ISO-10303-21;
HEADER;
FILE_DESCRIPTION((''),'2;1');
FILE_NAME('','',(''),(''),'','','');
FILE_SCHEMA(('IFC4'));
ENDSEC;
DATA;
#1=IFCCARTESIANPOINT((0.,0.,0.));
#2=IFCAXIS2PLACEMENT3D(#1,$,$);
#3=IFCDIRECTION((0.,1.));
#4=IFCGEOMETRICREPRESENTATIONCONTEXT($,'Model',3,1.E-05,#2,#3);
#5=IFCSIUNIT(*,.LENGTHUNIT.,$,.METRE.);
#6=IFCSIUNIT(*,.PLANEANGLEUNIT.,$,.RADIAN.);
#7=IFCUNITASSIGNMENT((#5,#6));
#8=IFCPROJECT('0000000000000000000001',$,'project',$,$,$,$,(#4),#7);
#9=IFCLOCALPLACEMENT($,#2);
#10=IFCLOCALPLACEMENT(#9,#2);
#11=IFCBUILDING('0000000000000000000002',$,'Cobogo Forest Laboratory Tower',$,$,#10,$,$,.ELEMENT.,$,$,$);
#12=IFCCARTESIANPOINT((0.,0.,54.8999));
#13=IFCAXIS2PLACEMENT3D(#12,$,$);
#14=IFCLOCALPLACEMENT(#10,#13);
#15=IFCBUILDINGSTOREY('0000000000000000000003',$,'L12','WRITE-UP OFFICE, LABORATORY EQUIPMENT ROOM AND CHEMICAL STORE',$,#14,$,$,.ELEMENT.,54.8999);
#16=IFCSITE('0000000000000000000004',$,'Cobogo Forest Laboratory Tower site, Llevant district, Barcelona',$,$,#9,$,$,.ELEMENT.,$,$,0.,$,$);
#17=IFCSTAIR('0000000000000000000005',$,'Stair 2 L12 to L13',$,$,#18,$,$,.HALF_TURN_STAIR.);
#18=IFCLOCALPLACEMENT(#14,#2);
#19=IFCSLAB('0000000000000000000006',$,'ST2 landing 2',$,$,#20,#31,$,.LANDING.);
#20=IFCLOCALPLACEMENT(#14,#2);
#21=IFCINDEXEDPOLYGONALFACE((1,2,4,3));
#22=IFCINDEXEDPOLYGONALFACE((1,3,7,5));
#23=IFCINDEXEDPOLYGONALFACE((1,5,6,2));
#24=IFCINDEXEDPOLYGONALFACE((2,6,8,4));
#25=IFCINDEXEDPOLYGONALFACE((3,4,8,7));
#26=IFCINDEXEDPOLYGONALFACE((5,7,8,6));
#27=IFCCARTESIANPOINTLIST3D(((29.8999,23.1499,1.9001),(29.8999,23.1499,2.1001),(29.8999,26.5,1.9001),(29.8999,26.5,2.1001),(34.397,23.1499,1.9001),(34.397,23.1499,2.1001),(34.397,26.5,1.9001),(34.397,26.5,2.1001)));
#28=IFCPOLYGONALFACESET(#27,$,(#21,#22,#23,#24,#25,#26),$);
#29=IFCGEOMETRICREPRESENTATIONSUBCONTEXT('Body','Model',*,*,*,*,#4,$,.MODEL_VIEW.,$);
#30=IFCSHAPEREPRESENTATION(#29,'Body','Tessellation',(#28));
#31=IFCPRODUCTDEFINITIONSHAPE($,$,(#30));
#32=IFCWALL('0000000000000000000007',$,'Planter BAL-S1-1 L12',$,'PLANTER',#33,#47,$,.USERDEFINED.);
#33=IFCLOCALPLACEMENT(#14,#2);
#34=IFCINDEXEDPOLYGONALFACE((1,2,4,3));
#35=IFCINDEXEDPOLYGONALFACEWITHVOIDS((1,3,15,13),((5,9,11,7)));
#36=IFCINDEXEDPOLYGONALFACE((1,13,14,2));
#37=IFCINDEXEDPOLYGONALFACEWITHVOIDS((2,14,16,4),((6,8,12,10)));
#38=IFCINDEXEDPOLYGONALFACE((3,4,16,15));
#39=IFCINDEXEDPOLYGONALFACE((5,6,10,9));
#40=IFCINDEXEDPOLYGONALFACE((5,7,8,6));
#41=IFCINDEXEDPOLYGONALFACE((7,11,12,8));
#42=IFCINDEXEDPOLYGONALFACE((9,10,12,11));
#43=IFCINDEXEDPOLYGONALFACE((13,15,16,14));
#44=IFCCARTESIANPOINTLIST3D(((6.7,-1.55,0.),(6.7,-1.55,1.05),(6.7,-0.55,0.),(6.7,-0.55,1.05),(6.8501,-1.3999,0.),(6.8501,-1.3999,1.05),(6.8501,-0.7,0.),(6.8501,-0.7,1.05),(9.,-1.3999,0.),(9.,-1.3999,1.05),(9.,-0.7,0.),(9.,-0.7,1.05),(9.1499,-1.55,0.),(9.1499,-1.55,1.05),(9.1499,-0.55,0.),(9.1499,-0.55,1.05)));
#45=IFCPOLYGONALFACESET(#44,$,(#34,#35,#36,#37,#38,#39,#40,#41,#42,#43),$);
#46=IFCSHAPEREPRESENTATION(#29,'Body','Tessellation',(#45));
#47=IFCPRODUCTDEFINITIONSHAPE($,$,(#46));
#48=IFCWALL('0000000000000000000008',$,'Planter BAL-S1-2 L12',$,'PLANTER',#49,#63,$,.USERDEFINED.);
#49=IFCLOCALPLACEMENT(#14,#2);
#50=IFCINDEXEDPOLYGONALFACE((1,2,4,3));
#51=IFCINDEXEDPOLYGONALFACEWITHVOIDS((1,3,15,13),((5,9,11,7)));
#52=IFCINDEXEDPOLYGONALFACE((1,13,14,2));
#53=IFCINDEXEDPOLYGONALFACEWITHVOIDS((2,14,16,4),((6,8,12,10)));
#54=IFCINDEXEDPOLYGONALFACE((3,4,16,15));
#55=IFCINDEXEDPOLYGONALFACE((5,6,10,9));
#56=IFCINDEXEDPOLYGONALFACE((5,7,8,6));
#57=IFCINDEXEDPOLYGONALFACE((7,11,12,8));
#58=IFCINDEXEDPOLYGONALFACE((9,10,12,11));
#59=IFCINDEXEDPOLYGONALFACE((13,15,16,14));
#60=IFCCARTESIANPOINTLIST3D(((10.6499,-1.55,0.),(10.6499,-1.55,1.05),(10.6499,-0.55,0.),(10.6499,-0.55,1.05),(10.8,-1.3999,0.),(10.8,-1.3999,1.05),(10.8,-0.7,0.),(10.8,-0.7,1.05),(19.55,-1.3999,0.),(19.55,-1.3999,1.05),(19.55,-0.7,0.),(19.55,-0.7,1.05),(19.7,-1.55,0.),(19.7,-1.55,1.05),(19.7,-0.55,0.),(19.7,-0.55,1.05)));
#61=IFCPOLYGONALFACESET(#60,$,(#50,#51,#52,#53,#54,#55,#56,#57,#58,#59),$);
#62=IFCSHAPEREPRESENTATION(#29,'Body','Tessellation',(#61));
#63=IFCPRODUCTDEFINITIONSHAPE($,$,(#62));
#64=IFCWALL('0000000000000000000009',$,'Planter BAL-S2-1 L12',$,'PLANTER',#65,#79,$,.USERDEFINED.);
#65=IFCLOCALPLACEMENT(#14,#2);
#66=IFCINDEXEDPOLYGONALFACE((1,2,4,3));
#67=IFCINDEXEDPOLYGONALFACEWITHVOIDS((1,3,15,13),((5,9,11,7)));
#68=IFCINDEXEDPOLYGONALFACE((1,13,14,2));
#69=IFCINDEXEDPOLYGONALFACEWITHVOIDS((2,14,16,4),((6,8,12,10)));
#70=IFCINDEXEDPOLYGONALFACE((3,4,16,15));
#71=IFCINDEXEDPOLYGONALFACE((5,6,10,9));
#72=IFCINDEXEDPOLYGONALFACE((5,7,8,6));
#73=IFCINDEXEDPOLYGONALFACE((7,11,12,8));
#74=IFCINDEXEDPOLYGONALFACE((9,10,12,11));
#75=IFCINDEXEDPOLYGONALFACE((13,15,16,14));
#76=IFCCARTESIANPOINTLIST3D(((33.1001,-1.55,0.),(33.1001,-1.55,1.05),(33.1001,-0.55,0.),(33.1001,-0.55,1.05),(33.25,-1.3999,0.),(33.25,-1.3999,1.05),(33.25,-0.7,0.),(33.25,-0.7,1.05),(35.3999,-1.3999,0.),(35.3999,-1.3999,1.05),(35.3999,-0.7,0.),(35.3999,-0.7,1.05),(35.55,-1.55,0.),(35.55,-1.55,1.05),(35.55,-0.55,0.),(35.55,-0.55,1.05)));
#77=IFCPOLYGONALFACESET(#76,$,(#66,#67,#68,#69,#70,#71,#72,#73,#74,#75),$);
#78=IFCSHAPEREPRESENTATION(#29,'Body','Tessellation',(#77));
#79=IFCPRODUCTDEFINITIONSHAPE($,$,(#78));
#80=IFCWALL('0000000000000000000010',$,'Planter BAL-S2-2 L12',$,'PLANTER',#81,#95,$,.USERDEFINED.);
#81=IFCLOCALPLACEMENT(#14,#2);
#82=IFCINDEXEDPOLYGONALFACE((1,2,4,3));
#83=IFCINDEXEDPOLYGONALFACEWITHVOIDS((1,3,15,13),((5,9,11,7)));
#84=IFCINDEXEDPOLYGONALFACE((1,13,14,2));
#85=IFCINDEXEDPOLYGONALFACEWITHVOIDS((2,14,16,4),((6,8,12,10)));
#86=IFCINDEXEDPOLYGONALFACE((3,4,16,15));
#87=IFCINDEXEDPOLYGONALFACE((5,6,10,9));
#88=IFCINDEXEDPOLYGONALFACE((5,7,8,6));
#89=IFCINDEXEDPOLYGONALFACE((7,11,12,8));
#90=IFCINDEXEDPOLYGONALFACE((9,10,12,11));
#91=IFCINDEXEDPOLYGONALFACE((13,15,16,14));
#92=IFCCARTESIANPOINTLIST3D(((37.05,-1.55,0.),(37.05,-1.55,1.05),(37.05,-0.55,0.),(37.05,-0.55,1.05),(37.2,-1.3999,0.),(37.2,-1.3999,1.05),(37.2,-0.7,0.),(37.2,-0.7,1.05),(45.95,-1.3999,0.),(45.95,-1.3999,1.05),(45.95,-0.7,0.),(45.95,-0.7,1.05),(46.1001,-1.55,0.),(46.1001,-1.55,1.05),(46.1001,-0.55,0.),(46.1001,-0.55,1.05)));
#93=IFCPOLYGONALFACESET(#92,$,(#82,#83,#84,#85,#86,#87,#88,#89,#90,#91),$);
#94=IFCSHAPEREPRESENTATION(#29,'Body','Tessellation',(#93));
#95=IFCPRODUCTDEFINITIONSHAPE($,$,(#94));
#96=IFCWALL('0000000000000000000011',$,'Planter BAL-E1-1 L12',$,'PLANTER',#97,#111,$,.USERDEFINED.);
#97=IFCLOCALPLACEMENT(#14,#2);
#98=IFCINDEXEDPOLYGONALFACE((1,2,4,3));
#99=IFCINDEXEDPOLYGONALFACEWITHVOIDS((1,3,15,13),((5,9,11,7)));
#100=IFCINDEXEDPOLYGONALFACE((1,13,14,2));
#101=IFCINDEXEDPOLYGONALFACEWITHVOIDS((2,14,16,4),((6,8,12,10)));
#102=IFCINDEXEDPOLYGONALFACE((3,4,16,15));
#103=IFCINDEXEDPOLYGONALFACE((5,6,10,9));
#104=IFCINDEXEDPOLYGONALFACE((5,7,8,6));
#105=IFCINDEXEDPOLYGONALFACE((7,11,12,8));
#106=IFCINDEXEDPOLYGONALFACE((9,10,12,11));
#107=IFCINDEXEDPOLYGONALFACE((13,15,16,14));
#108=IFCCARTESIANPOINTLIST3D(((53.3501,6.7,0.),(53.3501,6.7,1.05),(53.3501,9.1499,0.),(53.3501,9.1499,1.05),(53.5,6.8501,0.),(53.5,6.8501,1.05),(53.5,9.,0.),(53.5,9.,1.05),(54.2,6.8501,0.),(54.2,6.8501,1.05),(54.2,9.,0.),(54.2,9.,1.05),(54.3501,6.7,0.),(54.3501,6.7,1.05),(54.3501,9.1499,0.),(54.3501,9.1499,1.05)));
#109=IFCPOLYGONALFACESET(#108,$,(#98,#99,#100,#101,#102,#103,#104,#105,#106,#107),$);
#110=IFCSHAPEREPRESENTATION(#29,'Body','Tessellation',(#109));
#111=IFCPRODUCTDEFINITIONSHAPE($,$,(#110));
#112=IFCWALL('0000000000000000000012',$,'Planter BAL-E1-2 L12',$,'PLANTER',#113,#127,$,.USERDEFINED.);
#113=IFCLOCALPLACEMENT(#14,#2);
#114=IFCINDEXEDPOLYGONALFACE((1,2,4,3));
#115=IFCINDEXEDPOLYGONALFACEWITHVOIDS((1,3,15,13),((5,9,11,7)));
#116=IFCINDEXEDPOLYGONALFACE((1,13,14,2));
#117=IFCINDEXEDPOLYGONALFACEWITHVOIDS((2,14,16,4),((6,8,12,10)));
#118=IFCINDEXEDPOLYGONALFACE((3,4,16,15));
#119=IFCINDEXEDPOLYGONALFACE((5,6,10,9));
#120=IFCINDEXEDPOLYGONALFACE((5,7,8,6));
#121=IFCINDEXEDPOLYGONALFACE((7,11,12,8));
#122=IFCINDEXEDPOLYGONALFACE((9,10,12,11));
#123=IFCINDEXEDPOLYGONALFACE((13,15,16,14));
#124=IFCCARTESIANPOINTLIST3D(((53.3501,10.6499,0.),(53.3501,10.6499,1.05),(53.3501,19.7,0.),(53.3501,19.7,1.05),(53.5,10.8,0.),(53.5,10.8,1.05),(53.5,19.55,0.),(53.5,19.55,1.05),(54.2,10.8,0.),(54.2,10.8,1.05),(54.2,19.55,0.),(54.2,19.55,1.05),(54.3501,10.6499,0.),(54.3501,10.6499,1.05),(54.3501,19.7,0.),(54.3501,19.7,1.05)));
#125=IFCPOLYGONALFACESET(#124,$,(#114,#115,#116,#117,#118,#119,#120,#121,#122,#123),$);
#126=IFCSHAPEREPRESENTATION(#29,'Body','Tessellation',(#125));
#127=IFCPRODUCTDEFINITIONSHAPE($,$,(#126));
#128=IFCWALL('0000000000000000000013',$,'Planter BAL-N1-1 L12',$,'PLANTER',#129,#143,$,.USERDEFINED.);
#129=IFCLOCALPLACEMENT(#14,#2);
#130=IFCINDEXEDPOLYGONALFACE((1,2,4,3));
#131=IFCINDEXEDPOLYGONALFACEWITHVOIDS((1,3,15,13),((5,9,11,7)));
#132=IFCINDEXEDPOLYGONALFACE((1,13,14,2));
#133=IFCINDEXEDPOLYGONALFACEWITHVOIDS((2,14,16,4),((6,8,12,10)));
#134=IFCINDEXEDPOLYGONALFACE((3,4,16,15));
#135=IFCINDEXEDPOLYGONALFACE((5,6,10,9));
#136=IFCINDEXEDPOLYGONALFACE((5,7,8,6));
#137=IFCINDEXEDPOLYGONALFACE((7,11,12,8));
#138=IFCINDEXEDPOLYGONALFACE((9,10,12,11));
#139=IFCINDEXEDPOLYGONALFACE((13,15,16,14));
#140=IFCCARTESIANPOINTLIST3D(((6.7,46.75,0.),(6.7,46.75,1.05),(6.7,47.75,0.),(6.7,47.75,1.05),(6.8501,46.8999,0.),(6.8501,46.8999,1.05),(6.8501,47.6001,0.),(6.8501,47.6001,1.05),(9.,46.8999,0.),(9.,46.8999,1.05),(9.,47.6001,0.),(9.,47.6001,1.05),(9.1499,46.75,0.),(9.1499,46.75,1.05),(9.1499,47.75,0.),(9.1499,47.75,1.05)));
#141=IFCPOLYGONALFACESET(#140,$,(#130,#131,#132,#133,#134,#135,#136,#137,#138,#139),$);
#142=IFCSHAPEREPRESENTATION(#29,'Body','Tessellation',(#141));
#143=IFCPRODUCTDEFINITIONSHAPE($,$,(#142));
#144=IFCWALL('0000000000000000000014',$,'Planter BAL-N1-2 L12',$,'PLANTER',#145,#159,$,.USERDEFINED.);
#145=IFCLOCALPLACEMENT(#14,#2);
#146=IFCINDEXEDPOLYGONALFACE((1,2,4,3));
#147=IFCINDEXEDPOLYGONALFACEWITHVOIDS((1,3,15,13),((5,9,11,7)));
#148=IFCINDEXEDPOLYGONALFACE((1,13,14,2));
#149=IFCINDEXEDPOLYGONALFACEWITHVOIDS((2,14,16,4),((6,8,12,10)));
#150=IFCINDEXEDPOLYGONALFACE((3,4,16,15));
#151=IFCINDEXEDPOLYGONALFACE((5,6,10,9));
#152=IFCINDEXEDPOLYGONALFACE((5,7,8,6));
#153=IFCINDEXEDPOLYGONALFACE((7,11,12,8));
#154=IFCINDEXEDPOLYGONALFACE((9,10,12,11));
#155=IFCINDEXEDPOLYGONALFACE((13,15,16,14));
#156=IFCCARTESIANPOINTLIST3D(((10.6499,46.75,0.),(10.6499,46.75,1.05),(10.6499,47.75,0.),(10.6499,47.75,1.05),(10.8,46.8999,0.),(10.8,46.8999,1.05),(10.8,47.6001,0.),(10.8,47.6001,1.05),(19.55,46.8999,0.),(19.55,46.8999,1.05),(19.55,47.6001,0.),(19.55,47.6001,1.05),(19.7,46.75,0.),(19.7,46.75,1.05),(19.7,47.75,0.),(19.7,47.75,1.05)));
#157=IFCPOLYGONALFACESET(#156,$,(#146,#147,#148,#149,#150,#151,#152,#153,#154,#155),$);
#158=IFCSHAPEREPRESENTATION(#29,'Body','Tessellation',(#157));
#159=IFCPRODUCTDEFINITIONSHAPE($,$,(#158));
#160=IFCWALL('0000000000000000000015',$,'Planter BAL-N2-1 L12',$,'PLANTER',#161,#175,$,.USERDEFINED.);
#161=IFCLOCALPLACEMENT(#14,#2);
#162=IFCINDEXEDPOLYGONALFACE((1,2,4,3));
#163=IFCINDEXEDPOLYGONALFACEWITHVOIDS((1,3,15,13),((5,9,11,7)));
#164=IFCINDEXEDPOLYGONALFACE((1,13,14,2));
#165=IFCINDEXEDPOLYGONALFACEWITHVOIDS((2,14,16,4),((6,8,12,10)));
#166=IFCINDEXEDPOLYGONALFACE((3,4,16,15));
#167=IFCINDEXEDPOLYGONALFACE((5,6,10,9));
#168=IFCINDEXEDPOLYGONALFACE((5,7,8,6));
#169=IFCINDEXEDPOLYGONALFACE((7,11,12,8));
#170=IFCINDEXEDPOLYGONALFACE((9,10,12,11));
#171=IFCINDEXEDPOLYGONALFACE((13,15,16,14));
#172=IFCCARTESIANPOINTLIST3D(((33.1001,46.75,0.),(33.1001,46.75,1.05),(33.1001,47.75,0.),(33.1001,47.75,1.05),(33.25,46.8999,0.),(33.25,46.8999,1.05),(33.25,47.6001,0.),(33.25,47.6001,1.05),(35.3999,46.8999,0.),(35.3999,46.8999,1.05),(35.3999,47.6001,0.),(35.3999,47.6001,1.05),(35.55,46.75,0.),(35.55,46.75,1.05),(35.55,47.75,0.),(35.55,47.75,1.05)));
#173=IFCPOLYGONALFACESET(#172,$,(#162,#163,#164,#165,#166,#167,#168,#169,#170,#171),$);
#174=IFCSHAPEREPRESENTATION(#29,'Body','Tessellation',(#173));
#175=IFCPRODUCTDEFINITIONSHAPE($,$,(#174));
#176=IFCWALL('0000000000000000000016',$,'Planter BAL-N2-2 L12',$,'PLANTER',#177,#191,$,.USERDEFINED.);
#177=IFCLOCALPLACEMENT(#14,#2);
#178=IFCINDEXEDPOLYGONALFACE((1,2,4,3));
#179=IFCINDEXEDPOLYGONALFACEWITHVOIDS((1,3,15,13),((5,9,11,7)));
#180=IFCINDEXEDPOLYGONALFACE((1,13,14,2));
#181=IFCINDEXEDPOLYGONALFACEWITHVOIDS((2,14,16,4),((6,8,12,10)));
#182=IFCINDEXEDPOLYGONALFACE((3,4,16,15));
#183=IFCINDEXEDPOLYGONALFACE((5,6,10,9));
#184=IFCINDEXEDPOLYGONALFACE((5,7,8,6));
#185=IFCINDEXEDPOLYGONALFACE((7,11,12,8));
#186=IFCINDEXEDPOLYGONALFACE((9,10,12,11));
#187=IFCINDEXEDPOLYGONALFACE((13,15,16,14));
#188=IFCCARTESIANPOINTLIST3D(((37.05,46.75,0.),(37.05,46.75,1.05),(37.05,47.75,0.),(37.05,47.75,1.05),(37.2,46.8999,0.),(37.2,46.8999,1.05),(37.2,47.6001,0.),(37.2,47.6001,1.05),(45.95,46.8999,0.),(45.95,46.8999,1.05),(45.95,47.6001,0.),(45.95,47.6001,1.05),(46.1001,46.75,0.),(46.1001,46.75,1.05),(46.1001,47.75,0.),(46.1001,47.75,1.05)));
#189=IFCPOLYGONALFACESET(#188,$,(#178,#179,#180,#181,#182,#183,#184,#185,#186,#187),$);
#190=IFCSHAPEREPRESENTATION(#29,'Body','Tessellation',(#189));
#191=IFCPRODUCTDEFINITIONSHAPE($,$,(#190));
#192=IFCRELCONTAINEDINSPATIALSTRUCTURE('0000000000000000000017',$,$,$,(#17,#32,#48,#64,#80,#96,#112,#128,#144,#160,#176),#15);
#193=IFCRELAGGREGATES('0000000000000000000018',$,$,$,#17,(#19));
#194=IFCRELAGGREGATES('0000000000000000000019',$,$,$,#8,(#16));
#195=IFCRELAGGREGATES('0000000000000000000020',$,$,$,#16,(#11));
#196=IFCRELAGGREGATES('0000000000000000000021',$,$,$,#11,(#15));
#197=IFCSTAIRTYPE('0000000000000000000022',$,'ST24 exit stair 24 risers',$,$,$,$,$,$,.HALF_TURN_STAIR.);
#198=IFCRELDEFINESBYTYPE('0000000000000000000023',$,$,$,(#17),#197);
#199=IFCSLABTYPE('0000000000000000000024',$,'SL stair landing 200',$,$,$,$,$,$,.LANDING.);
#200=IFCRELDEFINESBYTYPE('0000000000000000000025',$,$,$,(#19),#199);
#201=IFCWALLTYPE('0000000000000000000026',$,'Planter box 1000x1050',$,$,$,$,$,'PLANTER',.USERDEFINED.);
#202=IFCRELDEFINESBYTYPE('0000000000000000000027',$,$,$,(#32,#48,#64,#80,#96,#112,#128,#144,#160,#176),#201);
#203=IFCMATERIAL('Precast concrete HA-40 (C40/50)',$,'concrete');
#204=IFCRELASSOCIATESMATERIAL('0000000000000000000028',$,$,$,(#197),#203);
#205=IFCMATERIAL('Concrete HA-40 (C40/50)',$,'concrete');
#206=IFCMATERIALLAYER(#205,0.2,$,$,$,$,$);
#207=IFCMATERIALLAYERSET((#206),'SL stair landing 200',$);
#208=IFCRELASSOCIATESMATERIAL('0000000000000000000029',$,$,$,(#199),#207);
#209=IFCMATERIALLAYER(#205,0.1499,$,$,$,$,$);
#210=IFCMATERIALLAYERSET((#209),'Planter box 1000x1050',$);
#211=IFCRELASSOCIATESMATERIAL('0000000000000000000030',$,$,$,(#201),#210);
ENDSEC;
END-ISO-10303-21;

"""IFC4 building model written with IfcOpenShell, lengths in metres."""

from ifc_helpers import new_model, si_unit, direction, frame, origin, place, context, subcontext, project, spatial, polyline, outline, extrude, material, layer, layer_set, type_object, element, aggregate, save


model = new_model("IFC4")

# Units and contexts
model_context = context("Model", 3, precision=1e-05, world=origin(), true_north=direction((0.0, 1.0)))
body_context = subcontext(model_context, "Body", "Model", "MODEL_VIEW")
ifc_project = project(units=[si_unit("LENGTHUNIT", "METRE"), si_unit("PLANEANGLEUNIT", "RADIAN")], contexts=[model_context])

# Site, building, storey
site_placement = place(None, origin())
site = spatial("IfcSite", under=ifc_project, at=site_placement, Name="Cobogo Forest Laboratory Tower site, Llevant district, Barcelona", CompositionType="ELEMENT", RefElevation=0.0)
building_placement = place(site_placement, origin())
building = spatial("IfcBuilding", under=site, at=building_placement, Name="Cobogo Forest Laboratory Tower", CompositionType="ELEMENT")
storey_placement = place(building_placement, frame((0.0, 0.0, 54.8999)))
storey = spatial("IfcBuildingStorey", under=building, at=storey_placement, Name="L12", Description="WRITE-UP OFFICE, LABORATORY EQUIPMENT ROOM AND CHEMICAL STORE", CompositionType="ELEMENT", Elevation=54.8999)

# Shared definitions
ifc_material_1 = material(Name="Concrete HA-40 (C40/50)", Category="concrete")

# Stair, slab
ifc_material_2 = material(Name="Precast concrete HA-40 (C40/50)", Category="concrete")
stair_type = type_object("IfcStairType", Name="ST24 exit stair 24 risers", PredefinedType="HALF_TURN_STAIR", material=ifc_material_2)
ifc_layer_1 = layer(ifc_material_1, 0.2)
ifc_layer_set_1 = layer_set([ifc_layer_1], Name="SL stair landing 200")
slab_type_1 = type_object("IfcSlabType", Name="SL stair landing 200", PredefinedType="LANDING", material=ifc_layer_set_1)
stair_1_placement = place(storey_placement, origin())
stair_1 = element("IfcStair", 1, at=stair_1_placement, inside=storey, type_object=stair_type, Name="Stair 2 L12 to L13", PredefinedType="HALF_TURN_STAIR")
slab_1_placement = place(storey_placement, frame((0.0, 0.0, 1.9001)))
slab_1 = element("IfcSlab", 2, at=slab_1_placement, type_object=slab_type_1, Name="ST2 landing 2", PredefinedType="LANDING", context=body_context, shape_type="SweptSolid", body=[
    extrude(outline(polyline([(29.8999, 23.1499), (34.397, 23.1499), (34.397, 26.5), (29.8999, 26.5), (29.8999, 23.1499)])), origin(), (0.0, 0.0, 1.0), 0.2),
])
aggregate(stair_1, [slab_1])

# Walls
ifc_layer_2 = layer(ifc_material_1, 0.1499)
ifc_layer_set_2 = layer_set([ifc_layer_2], Name="Planter box 1000x1050")
wall_type = type_object("IfcWallType", Name="Planter box 1000x1050", ElementType="PLANTER", PredefinedType="USERDEFINED", material=ifc_layer_set_2)
wall_1_placement = place(storey_placement, origin())
element("IfcWall", 3, at=wall_1_placement, inside=storey, type_object=wall_type, Name="Planter BAL-S1-1 L12", ObjectType="PLANTER", PredefinedType="USERDEFINED", context=body_context, shape_type="SweptSolid", body=[
    extrude(outline(polyline([(6.7, -1.55), (9.1499, -1.55), (9.1499, -0.55), (6.7, -0.55), (6.7, -1.55)]), holes=[polyline([(6.8501, -1.3999), (9.0, -1.3999), (9.0, -0.7), (6.8501, -0.7), (6.8501, -1.3999)])]), origin(), (0.0, 0.0, 1.0), 1.05),
])
wall_2_placement = place(storey_placement, origin())
element("IfcWall", 4, at=wall_2_placement, inside=storey, type_object=wall_type, Name="Planter BAL-S1-2 L12", ObjectType="PLANTER", PredefinedType="USERDEFINED", context=body_context, shape_type="SweptSolid", body=[
    extrude(outline(polyline([(10.6499, -1.55), (19.7, -1.55), (19.7, -0.55), (10.6499, -0.55), (10.6499, -1.55)]), holes=[polyline([(10.8, -1.3999), (19.55, -1.3999), (19.55, -0.7), (10.8, -0.7), (10.8, -1.3999)])]), origin(), (0.0, 0.0, 1.0), 1.05),
])
wall_3_placement = place(storey_placement, origin())
element("IfcWall", 5, at=wall_3_placement, inside=storey, type_object=wall_type, Name="Planter BAL-S2-1 L12", ObjectType="PLANTER", PredefinedType="USERDEFINED", context=body_context, shape_type="SweptSolid", body=[
    extrude(outline(polyline([(33.1001, -1.55), (35.55, -1.55), (35.55, -0.55), (33.1001, -0.55), (33.1001, -1.55)]), holes=[polyline([(33.25, -1.3999), (35.3999, -1.3999), (35.3999, -0.7), (33.25, -0.7), (33.25, -1.3999)])]), origin(), (0.0, 0.0, 1.0), 1.05),
])
wall_4_placement = place(storey_placement, origin())
element("IfcWall", 6, at=wall_4_placement, inside=storey, type_object=wall_type, Name="Planter BAL-S2-2 L12", ObjectType="PLANTER", PredefinedType="USERDEFINED", context=body_context, shape_type="SweptSolid", body=[
    extrude(outline(polyline([(37.05, -1.55), (46.1001, -1.55), (46.1001, -0.55), (37.05, -0.55), (37.05, -1.55)]), holes=[polyline([(37.2, -1.3999), (45.95, -1.3999), (45.95, -0.7), (37.2, -0.7), (37.2, -1.3999)])]), origin(), (0.0, 0.0, 1.0), 1.05),
])
wall_5_placement = place(storey_placement, origin())
element("IfcWall", 7, at=wall_5_placement, inside=storey, type_object=wall_type, Name="Planter BAL-E1-1 L12", ObjectType="PLANTER", PredefinedType="USERDEFINED", context=body_context, shape_type="SweptSolid", body=[
    extrude(outline(polyline([(53.3501, 6.7), (54.3501, 6.7), (54.3501, 9.1499), (53.3501, 9.1499), (53.3501, 6.7)]), holes=[polyline([(53.5, 6.8501), (54.2, 6.8501), (54.2, 9.0), (53.5, 9.0), (53.5, 6.8501)])]), origin(), (0.0, 0.0, 1.0), 1.05),
])
wall_6_placement = place(storey_placement, origin())
element("IfcWall", 8, at=wall_6_placement, inside=storey, type_object=wall_type, Name="Planter BAL-E1-2 L12", ObjectType="PLANTER", PredefinedType="USERDEFINED", context=body_context, shape_type="SweptSolid", body=[
    extrude(outline(polyline([(53.3501, 10.6499), (54.3501, 10.6499), (54.3501, 19.7), (53.3501, 19.7), (53.3501, 10.6499)]), holes=[polyline([(53.5, 10.8), (54.2, 10.8), (54.2, 19.55), (53.5, 19.55), (53.5, 10.8)])]), origin(), (0.0, 0.0, 1.0), 1.05),
])
wall_7_placement = place(storey_placement, origin())
element("IfcWall", 9, at=wall_7_placement, inside=storey, type_object=wall_type, Name="Planter BAL-N1-1 L12", ObjectType="PLANTER", PredefinedType="USERDEFINED", context=body_context, shape_type="SweptSolid", body=[
    extrude(outline(polyline([(6.7, 46.75), (9.1499, 46.75), (9.1499, 47.75), (6.7, 47.75), (6.7, 46.75)]), holes=[polyline([(6.8501, 46.8999), (9.0, 46.8999), (9.0, 47.6001), (6.8501, 47.6001), (6.8501, 46.8999)])]), origin(), (0.0, 0.0, 1.0), 1.05),
])
wall_8_placement = place(storey_placement, origin())
element("IfcWall", 10, at=wall_8_placement, inside=storey, type_object=wall_type, Name="Planter BAL-N1-2 L12", ObjectType="PLANTER", PredefinedType="USERDEFINED", context=body_context, shape_type="SweptSolid", body=[
    extrude(outline(polyline([(10.6499, 46.75), (19.7, 46.75), (19.7, 47.75), (10.6499, 47.75), (10.6499, 46.75)]), holes=[polyline([(10.8, 46.8999), (19.55, 46.8999), (19.55, 47.6001), (10.8, 47.6001), (10.8, 46.8999)])]), origin(), (0.0, 0.0, 1.0), 1.05),
])
wall_9_placement = place(storey_placement, origin())
element("IfcWall", 11, at=wall_9_placement, inside=storey, type_object=wall_type, Name="Planter BAL-N2-1 L12", ObjectType="PLANTER", PredefinedType="USERDEFINED", context=body_context, shape_type="SweptSolid", body=[
    extrude(outline(polyline([(33.1001, 46.75), (35.55, 46.75), (35.55, 47.75), (33.1001, 47.75), (33.1001, 46.75)]), holes=[polyline([(33.25, 46.8999), (35.3999, 46.8999), (35.3999, 47.6001), (33.25, 47.6001), (33.25, 46.8999)])]), origin(), (0.0, 0.0, 1.0), 1.05),
])
wall_10_placement = place(storey_placement, origin())
element("IfcWall", 12, at=wall_10_placement, inside=storey, type_object=wall_type, Name="Planter BAL-N2-2 L12", ObjectType="PLANTER", PredefinedType="USERDEFINED", context=body_context, shape_type="SweptSolid", body=[
    extrude(outline(polyline([(37.05, 46.75), (46.1001, 46.75), (46.1001, 47.75), (37.05, 47.75), (37.05, 46.75)]), holes=[polyline([(37.2, 46.8999), (45.95, 46.8999), (45.95, 47.6001), (37.2, 47.6001), (37.2, 46.8999)])]), origin(), (0.0, 0.0, 1.0), 1.05),
])

save(model, "model.ifc")
